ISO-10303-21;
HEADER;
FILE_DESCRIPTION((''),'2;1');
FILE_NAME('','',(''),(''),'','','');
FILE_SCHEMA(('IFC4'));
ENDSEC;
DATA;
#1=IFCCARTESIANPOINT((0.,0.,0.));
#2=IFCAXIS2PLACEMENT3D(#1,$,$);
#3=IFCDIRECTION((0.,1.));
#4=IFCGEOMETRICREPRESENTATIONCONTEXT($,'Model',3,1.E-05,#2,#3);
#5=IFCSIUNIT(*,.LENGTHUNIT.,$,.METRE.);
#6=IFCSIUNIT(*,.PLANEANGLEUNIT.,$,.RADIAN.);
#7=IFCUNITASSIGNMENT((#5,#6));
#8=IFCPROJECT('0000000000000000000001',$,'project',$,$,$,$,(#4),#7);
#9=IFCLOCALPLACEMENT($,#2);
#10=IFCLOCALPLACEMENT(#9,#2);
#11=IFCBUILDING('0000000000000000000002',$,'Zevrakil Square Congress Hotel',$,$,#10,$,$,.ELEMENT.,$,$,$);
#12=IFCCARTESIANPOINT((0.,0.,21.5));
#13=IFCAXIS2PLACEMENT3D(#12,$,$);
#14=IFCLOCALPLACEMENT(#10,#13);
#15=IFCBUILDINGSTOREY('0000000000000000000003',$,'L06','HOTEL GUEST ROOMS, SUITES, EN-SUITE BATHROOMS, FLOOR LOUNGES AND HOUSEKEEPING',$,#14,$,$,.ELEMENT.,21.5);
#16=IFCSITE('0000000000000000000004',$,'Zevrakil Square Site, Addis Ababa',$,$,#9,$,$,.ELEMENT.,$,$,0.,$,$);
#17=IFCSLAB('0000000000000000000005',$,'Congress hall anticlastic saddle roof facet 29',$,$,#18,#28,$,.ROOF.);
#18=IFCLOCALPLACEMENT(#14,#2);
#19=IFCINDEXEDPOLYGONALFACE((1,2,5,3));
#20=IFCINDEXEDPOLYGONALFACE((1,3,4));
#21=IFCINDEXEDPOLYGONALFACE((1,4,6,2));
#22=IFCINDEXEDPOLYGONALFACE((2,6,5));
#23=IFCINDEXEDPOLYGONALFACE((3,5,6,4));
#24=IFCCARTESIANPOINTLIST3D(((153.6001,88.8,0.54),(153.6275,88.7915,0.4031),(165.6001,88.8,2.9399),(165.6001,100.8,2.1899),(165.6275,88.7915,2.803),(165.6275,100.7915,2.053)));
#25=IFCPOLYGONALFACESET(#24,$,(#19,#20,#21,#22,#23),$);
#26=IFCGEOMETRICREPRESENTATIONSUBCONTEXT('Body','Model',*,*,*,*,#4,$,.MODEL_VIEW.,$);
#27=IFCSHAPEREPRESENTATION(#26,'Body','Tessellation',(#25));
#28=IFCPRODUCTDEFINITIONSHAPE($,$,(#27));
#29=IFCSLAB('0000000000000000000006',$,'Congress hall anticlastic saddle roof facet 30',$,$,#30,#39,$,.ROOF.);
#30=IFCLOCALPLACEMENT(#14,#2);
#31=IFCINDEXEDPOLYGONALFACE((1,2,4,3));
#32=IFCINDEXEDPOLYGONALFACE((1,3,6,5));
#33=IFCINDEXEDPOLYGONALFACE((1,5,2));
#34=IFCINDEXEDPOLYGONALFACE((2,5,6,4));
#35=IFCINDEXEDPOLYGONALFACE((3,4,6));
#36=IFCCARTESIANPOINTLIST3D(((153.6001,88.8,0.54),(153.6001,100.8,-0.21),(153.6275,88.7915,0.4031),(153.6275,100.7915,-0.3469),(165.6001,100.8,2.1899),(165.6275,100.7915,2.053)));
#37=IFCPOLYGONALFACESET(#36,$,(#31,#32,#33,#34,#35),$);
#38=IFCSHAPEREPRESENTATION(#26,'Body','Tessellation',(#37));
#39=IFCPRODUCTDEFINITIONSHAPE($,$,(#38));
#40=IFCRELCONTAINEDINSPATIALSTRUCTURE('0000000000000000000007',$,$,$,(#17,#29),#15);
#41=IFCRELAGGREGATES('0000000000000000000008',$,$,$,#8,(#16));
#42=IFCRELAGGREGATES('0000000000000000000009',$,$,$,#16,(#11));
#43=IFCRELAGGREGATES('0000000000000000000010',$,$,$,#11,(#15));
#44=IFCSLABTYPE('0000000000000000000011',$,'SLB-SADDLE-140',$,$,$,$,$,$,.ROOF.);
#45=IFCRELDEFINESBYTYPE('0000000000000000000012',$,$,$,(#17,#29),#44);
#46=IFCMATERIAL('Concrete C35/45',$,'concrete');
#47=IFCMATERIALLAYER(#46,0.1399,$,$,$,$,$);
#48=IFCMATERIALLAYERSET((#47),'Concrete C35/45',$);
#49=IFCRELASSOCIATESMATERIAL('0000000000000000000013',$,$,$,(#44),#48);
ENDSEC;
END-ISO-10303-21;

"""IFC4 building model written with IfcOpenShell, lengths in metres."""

from ifc_helpers import new_model, si_unit, direction, frame, origin, place, context, subcontext, project, spatial, polyline, outline, extrude, material, layer, layer_set, type_object, element, save


model = new_model("IFC4")

# Units and contexts
model_context = context("Model", 3, precision=1e-05, world=origin(), true_north=direction((0.0, 1.0)))
body_context = subcontext(model_context, "Body", "Model", "MODEL_VIEW")
ifc_project = project(units=[si_unit("LENGTHUNIT", "METRE"), si_unit("PLANEANGLEUNIT", "RADIAN")], contexts=[model_context])

# Site, building, storey
site_placement = place(None, origin())
site = spatial("IfcSite", under=ifc_project, at=site_placement, Name="Zevrakil Square Site, Addis Ababa", CompositionType="ELEMENT", RefElevation=0.0)
building_placement = place(site_placement, origin())
building = spatial("IfcBuilding", under=site, at=building_placement, Name="Zevrakil Square Congress Hotel", CompositionType="ELEMENT")
storey_placement = place(building_placement, frame((0.0, 0.0, 21.5)))
storey = spatial("IfcBuildingStorey", under=building, at=storey_placement, Name="L06", Description="HOTEL GUEST ROOMS, SUITES, EN-SUITE BATHROOMS, FLOOR LOUNGES AND HOUSEKEEPING", CompositionType="ELEMENT", Elevation=21.5)

# Slabs
ifc_material_1 = material(Name="Concrete C35/45", Category="concrete")
ifc_layer_1 = layer(ifc_material_1, 0.1399)
ifc_layer_set_1 = layer_set([ifc_layer_1], Name="Concrete C35/45")
slab_type = type_object("IfcSlabType", Name="SLB-SADDLE-140", PredefinedType="ROOF", material=ifc_layer_set_1)
slab_1_placement = place(storey_placement, frame((153.6001, 88.8, 0.54), z_axis=(-0.195741, 0.061172, 0.978746), x_axis=(0.980582, 0.0, 0.196108)))
element("IfcSlab", 1, at=slab_1_placement, inside=storey, type_object=slab_type, Name="Congress hall anticlastic saddle roof facet 29", PredefinedType="ROOF", context=body_context, shape_type="SweptSolid", body=[
    extrude(outline(polyline([(0.0, 0.0), (12.2376, 0.0), (12.0905, 12.0225), (0.0, 0.0)])), origin(), (0.0, 0.0, -1.0), 0.1399),
])
slab_2_placement = place(storey_placement, frame((153.6001, 88.8, 0.54), z_axis=(-0.195741, 0.061172, 0.978746), x_axis=(0.703788, 0.703788, 0.096765)))
element("IfcSlab", 2, at=slab_2_placement, inside=storey, type_object=slab_type, Name="Congress hall anticlastic saddle roof facet 30", PredefinedType="ROOF", context=body_context, shape_type="SweptSolid", body=[
    extrude(outline(polyline([(0.0, 0.0), (17.0506, 0.0), (8.3729, 8.6289), (0.0, 0.0)])), origin(), (0.0, 0.0, -1.0), 0.1399),
])

save(model, "model.ifc")
